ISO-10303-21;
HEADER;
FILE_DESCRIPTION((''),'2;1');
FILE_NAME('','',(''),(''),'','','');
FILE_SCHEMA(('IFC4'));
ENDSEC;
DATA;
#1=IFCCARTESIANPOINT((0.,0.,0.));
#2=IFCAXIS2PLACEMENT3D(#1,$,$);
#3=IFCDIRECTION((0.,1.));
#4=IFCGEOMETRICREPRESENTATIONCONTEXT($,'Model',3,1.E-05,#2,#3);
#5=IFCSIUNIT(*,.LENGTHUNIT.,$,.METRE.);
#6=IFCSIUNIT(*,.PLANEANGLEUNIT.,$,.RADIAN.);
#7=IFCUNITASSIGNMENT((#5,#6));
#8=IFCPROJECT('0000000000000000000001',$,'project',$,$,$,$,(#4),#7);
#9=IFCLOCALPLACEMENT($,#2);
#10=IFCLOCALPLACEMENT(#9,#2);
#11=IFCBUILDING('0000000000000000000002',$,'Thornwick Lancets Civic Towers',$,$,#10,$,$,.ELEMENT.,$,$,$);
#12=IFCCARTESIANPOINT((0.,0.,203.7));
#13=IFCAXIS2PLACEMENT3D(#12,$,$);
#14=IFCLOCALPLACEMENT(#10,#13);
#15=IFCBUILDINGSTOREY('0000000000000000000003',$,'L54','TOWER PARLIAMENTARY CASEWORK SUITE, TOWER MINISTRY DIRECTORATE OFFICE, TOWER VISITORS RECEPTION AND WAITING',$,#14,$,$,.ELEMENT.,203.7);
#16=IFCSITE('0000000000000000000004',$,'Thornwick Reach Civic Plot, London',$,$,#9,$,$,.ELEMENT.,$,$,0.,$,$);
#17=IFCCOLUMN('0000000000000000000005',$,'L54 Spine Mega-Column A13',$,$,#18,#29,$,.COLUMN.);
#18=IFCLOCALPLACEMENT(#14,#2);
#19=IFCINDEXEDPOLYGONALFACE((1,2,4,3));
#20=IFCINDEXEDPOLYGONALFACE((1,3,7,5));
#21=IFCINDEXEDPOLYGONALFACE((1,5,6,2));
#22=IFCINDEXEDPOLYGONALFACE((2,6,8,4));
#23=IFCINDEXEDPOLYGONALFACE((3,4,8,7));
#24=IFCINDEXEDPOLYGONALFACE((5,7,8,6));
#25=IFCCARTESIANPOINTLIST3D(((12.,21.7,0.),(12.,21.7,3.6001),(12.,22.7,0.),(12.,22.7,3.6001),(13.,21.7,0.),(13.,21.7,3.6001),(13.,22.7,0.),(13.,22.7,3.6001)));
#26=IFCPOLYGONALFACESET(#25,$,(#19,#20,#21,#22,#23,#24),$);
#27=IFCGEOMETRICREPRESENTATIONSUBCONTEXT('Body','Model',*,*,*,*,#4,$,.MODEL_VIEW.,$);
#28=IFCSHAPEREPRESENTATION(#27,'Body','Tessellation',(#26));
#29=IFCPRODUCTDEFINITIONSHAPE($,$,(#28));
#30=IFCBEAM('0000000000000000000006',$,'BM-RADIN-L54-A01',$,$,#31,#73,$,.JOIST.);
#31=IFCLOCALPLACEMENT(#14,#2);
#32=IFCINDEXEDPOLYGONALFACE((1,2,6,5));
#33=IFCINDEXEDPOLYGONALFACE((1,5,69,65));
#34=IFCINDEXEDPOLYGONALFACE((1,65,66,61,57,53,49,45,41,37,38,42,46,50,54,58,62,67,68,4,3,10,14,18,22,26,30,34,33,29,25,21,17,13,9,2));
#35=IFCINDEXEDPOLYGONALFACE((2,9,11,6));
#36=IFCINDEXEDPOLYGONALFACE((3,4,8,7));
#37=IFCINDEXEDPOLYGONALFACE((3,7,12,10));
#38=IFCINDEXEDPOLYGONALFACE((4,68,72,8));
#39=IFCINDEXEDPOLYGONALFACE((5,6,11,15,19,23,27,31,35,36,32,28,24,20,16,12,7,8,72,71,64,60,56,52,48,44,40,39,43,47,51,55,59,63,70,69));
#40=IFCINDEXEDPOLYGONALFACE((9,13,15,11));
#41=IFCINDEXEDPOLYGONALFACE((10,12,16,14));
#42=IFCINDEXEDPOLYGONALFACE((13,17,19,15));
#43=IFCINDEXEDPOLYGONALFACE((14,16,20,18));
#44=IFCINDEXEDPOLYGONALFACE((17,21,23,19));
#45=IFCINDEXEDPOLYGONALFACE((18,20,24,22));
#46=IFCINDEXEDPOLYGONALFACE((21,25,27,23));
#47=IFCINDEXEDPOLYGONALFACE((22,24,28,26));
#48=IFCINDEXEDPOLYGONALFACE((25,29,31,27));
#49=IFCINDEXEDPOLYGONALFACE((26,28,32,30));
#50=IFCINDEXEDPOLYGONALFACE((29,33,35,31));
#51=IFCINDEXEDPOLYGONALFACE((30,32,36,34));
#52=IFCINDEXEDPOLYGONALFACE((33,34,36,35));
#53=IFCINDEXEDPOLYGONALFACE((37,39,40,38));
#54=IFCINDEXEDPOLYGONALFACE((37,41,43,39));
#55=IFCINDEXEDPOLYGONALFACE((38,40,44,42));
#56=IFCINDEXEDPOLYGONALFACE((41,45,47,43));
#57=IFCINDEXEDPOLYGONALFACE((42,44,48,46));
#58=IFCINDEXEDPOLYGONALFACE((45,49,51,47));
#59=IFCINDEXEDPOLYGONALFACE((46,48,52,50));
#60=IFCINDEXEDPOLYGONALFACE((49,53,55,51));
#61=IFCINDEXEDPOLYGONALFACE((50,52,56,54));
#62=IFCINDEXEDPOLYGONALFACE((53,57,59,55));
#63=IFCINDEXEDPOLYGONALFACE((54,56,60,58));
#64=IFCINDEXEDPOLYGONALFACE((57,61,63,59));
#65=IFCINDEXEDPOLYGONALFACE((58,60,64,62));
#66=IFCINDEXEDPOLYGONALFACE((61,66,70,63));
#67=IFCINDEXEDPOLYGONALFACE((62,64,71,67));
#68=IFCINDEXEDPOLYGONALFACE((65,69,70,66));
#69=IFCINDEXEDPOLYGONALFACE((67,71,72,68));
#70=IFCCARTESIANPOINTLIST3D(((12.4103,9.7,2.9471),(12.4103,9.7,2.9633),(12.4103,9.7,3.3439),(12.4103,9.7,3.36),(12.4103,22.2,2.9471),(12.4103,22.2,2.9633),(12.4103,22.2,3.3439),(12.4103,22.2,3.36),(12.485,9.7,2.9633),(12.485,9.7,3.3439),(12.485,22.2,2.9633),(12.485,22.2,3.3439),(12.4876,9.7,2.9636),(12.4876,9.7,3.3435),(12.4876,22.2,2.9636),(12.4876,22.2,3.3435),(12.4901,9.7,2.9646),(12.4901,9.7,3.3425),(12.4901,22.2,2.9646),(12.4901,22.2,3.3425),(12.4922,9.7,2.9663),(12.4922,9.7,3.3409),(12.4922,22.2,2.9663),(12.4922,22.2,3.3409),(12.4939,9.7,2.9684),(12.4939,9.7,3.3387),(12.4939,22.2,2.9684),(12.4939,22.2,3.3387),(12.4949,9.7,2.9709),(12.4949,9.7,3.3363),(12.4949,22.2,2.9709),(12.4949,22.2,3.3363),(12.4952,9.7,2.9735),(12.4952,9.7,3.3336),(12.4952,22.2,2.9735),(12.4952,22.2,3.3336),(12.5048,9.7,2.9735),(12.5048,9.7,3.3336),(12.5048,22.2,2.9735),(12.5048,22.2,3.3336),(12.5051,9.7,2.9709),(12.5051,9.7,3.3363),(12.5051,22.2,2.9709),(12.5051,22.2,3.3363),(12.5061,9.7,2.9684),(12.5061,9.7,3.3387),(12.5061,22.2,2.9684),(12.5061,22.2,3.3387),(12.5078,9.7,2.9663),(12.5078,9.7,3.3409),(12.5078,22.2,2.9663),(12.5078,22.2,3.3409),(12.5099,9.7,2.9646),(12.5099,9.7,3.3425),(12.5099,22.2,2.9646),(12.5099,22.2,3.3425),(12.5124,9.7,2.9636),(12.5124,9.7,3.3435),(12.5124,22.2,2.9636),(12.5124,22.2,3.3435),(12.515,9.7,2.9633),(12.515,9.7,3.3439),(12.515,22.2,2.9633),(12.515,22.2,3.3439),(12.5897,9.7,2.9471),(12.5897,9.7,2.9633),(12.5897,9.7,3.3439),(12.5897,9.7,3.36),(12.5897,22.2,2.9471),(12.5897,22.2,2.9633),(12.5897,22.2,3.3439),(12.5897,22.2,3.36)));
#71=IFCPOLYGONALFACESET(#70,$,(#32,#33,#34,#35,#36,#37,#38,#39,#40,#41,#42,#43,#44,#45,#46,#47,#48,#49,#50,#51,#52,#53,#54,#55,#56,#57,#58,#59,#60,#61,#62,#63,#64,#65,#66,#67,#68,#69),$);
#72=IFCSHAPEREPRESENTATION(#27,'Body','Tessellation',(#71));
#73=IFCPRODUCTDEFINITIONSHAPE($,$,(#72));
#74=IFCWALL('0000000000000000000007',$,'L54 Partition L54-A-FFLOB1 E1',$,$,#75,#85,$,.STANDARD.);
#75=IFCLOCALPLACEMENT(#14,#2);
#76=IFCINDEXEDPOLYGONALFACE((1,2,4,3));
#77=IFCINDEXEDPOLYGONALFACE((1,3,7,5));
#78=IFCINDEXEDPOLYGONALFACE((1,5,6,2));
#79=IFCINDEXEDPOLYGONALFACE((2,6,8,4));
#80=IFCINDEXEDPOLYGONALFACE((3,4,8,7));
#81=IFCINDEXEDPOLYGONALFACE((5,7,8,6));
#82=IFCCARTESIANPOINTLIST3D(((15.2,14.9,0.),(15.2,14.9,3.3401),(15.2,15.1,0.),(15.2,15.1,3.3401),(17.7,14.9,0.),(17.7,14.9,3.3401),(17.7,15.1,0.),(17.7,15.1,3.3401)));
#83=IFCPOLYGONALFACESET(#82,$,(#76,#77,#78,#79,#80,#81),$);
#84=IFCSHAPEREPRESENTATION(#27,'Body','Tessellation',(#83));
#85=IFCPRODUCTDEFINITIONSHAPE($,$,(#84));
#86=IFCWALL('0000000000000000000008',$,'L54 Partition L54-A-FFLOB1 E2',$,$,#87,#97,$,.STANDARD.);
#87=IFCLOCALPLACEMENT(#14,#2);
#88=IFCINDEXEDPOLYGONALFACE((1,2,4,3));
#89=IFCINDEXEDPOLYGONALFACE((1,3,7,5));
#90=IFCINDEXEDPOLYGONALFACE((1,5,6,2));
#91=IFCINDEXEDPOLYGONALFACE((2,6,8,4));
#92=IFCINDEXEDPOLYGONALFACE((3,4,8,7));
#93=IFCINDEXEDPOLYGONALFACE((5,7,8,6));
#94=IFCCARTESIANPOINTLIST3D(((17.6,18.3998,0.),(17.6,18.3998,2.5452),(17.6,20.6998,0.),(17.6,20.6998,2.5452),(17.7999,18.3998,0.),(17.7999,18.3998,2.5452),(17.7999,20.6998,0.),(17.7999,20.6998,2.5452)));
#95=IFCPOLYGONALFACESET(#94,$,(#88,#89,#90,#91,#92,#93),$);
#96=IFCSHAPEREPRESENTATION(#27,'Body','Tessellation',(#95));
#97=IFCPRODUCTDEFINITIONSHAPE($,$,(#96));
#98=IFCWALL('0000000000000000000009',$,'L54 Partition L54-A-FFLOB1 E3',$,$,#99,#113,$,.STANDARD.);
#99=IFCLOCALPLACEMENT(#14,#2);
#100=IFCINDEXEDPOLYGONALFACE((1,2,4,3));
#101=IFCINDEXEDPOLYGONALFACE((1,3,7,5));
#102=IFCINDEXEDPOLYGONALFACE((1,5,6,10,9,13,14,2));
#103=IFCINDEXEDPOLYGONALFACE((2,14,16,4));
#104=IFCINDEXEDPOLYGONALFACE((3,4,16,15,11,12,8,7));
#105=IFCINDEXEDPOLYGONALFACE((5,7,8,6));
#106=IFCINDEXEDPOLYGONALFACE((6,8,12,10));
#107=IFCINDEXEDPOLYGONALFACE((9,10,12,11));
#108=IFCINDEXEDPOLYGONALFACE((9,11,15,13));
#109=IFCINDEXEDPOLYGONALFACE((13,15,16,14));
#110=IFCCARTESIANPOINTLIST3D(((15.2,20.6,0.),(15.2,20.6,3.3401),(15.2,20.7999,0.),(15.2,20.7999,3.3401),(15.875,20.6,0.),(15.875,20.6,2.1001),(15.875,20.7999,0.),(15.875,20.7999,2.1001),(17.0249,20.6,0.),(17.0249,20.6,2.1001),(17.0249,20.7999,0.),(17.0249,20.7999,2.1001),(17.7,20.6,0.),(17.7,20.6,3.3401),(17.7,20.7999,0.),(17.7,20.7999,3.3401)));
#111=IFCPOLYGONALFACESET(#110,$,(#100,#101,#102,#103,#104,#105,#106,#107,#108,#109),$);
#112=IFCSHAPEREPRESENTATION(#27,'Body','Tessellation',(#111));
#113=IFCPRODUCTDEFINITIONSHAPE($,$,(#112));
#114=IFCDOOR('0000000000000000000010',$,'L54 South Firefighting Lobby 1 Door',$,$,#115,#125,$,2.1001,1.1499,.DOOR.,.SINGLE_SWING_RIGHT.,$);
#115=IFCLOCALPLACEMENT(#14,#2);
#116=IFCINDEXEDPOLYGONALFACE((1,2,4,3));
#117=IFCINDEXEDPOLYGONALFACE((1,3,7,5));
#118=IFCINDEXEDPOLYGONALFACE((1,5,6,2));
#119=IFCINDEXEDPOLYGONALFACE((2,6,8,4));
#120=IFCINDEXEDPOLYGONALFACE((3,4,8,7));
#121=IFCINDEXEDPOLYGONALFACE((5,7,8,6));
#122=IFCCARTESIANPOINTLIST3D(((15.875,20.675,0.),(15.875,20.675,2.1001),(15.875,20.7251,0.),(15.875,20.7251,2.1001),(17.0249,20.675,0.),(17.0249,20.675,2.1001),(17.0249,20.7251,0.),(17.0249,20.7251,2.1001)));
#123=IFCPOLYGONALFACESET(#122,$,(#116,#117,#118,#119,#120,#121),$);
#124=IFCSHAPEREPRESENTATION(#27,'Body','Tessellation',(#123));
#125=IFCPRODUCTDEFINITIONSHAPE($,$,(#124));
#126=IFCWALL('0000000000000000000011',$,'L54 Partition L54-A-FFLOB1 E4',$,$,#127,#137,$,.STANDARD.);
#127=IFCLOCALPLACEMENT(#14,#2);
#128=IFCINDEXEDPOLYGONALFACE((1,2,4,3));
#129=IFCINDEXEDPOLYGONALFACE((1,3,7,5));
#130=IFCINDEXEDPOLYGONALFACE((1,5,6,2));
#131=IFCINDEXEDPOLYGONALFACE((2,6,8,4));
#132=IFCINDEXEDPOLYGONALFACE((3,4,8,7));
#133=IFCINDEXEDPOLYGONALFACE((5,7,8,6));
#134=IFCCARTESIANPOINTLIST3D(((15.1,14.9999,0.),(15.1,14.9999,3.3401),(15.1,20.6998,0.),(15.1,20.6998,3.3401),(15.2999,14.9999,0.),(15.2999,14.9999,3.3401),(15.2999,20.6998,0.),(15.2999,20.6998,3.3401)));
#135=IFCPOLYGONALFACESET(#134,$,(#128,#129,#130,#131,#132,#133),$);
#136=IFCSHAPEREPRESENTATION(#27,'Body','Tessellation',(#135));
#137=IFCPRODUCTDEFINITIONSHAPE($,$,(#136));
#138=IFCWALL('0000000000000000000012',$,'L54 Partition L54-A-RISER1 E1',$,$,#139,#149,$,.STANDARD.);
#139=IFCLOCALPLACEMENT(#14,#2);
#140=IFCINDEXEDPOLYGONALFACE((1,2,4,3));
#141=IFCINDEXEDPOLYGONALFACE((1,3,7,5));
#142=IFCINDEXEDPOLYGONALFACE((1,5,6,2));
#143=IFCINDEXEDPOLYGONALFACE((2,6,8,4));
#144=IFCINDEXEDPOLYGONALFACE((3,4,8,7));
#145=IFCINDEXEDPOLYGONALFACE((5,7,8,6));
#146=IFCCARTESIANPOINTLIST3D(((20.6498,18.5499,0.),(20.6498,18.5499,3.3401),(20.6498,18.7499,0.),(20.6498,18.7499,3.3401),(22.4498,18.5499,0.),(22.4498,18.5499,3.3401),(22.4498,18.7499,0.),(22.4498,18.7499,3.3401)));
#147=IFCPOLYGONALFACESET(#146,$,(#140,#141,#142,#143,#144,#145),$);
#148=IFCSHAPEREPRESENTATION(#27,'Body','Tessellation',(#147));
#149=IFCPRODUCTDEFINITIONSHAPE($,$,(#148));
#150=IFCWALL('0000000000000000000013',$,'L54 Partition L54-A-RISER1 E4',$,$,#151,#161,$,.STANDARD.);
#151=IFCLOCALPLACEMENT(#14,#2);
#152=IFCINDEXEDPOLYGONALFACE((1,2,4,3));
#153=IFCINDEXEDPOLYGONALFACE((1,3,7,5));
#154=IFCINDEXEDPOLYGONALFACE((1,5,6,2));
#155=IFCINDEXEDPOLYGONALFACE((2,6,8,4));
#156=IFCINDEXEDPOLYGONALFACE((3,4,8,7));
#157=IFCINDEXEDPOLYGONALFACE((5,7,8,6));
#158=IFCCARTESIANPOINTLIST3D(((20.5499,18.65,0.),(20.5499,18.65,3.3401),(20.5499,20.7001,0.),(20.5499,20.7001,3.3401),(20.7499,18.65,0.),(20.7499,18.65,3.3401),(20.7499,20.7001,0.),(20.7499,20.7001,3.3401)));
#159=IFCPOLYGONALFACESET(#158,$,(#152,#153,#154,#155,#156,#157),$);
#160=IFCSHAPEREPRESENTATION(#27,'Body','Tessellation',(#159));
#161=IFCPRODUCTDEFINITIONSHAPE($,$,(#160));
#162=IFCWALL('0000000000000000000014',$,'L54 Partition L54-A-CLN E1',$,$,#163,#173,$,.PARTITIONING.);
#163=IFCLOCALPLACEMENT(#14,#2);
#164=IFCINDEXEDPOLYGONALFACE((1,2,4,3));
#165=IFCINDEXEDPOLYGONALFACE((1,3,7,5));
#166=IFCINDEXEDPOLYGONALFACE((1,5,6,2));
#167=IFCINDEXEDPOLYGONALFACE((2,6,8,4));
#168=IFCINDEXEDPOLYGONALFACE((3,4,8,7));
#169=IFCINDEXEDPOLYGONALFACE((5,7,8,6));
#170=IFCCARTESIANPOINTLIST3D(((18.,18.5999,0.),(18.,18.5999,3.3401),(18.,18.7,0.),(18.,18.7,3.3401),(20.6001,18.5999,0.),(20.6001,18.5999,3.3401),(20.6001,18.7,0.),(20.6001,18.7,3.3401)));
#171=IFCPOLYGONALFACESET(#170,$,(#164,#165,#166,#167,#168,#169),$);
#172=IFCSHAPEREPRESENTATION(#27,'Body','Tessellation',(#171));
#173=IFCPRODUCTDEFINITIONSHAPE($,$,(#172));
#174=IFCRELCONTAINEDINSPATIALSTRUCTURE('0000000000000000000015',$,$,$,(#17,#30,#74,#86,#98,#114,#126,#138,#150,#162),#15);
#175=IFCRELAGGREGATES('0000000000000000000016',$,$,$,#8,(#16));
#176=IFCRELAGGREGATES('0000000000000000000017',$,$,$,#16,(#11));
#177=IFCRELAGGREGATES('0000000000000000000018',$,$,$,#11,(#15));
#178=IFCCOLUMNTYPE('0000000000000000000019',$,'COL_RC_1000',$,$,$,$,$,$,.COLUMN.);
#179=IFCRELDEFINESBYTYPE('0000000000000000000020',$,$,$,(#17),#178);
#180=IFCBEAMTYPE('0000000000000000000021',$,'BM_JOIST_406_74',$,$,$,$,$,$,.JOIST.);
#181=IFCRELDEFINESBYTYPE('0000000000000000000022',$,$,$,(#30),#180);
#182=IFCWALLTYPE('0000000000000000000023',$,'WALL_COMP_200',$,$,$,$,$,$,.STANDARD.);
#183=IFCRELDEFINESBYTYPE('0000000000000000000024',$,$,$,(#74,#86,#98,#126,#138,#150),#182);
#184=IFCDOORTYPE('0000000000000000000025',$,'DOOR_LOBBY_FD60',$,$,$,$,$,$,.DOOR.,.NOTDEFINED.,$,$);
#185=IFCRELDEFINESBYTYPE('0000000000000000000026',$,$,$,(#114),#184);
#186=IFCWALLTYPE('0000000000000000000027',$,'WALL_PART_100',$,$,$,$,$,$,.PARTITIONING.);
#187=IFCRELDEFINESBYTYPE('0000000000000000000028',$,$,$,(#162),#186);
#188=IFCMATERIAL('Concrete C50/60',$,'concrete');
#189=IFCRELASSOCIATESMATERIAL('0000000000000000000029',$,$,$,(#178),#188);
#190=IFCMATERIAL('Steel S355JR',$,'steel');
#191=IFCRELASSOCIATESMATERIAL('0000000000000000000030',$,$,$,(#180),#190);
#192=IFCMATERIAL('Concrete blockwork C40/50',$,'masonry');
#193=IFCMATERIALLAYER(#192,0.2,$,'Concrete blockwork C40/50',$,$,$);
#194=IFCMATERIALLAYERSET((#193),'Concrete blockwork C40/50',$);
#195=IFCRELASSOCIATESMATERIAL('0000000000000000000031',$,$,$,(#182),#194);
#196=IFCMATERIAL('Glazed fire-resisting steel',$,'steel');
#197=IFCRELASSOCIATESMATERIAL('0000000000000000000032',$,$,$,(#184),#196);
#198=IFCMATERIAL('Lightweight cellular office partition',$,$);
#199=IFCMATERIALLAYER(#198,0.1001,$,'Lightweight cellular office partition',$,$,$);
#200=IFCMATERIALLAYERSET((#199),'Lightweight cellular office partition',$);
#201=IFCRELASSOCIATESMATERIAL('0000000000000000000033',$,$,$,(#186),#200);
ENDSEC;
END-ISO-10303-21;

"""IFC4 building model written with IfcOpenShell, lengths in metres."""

from ifc_helpers import new_model, si_unit, direction, frame, frame_2d, origin, origin_2d, place, context, subcontext, project, spatial, rectangle, i_section, extrude, material, layer, layer_set, material_profile, profile_set, type_object, element, fill, save


model = new_model("IFC4")

# Units and contexts
model_context = context("Model", 3, precision=1e-05, world=origin(), true_north=direction((0.0, 1.0)))
body_context = subcontext(model_context, "Body", "Model", "MODEL_VIEW")
ifc_project = project(units=[si_unit("LENGTHUNIT", "METRE"), si_unit("PLANEANGLEUNIT", "RADIAN")], contexts=[model_context])

# Site, building, storey
site_placement = place(None, origin())
site = spatial("IfcSite", under=ifc_project, at=site_placement, Name="Thornwick Reach Civic Plot, London", CompositionType="ELEMENT", RefElevation=0.0)
building_placement = place(site_placement, origin())
building = spatial("IfcBuilding", under=site, at=building_placement, Name="Thornwick Lancets Civic Towers", CompositionType="ELEMENT")
storey_placement = place(building_placement, frame((0.0, 0.0, 203.7)))
storey = spatial("IfcBuildingStorey", under=building, at=storey_placement, Name="L54", Description="TOWER PARLIAMENTARY CASEWORK SUITE, TOWER MINISTRY DIRECTORATE OFFICE, TOWER VISITORS RECEPTION AND WAITING", CompositionType="ELEMENT", Elevation=203.7)

# Column
ifc_material_1 = material(Name="Concrete C50/60", Category="concrete")
ifc_material_profile_1 = material_profile(ifc_material_1, rectangle(XDim=1.0, YDim=1.0, at=origin_2d()), Name="RC 1000x1000")
ifc_profile_set_1 = profile_set([ifc_material_profile_1], Name="Concrete C50/60")
column_type = type_object("IfcColumnType", Name="COL_RC_1000", PredefinedType="COLUMN", material=ifc_profile_set_1)
column_placement = place(storey_placement, frame((12.5, 22.2, 0.0), z_axis=(0.0, 0.0, 1.0), x_axis=(1.0, 0.0, 0.0)))
element("IfcColumn", 1, at=column_placement, inside=storey, type_object=column_type, Name="L54 Spine Mega-Column A13", PredefinedType="COLUMN", context=body_context, shape_type="SweptSolid", body=[
    extrude(rectangle(XDim=1.0, YDim=1.0, at=origin_2d()), origin(), (0.0, 0.0, 1.0), 3.6001),
])

# Beam
ifc_material_2 = material(Name="Steel S355JR", Category="steel")
ifc_material_profile_2 = material_profile(ifc_material_2, i_section(OverallWidth=0.1794, OverallDepth=0.4128, WebThickness=0.0095, FlangeThickness=0.0161, FilletRadius=0.0103, at=origin_2d()), Name="UKB 406x178x74")
ifc_profile_set_2 = profile_set([ifc_material_profile_2], Name="Steel S355JR")
beam_type = type_object("IfcBeamType", Name="BM_JOIST_406_74", PredefinedType="JOIST", material=ifc_profile_set_2)
beam_placement = place(storey_placement, frame((12.5, 22.2, 3.1536), z_axis=(0.0, -1.0, 0.0), x_axis=(1.0, 0.0, 0.0)))
element("IfcBeam", 2, at=beam_placement, inside=storey, type_object=beam_type, Name="BM-RADIN-L54-A01", PredefinedType="JOIST", context=body_context, shape_type="SweptSolid", body=[
    extrude(i_section(OverallWidth=0.1794, OverallDepth=0.4128, WebThickness=0.0095, FlangeThickness=0.0161, FilletRadius=0.0103, at=origin_2d()), origin(), (0.0, 0.0, 1.0), 12.5),
])

# Walls
ifc_material_3 = material(Name="Concrete blockwork C40/50", Category="masonry")
ifc_layer_1 = layer(ifc_material_3, 0.2, Name="Concrete blockwork C40/50")
ifc_layer_set_1 = layer_set([ifc_layer_1], Name="Concrete blockwork C40/50")
wall_type_1 = type_object("IfcWallType", Name="WALL_COMP_200", PredefinedType="STANDARD", material=ifc_layer_set_1)
wall_1_placement = place(storey_placement, frame((15.2, 15.0, 0.0), z_axis=(0.0, 0.0, 1.0), x_axis=(1.0, 0.0, 0.0)))
element("IfcWall", 3, at=wall_1_placement, inside=storey, type_object=wall_type_1, Name="L54 Partition L54-A-FFLOB1 E1", PredefinedType="STANDARD", context=body_context, shape_type="SweptSolid", body=[
    extrude(rectangle(XDim=2.5, YDim=0.2, at=frame_2d((1.25, 0.0))), origin(), (0.0, 0.0, 1.0), 3.3401),
])
wall_2_placement = place(storey_placement, frame((17.7, 18.3999, 0.0), z_axis=(0.0, 0.0, 1.0), x_axis=(0.0, 1.0, 0.0)))
element("IfcWall", 4, at=wall_2_placement, inside=storey, type_object=wall_type_1, Name="L54 Partition L54-A-FFLOB1 E2", PredefinedType="STANDARD", context=body_context, shape_type="SweptSolid", body=[
    extrude(rectangle(XDim=2.3, YDim=0.2, at=frame_2d((1.1499, 0.0))), origin(), (0.0, 0.0, 1.0), 2.5452),
])

# Wall, opening, door
wall_3_placement = place(storey_placement, frame((17.7, 20.7, 0.0), z_axis=(0.0, 0.0, 1.0), x_axis=(-1.0, 0.0, 0.0)))
wall_3 = element("IfcWall", 5, at=wall_3_placement, inside=storey, type_object=wall_type_1, Name="L54 Partition L54-A-FFLOB1 E3", PredefinedType="STANDARD", context=body_context, shape_type="SweptSolid", body=[
    extrude(rectangle(XDim=2.5, YDim=0.2, at=frame_2d((1.25, 0.0))), origin(), (0.0, 0.0, 1.0), 3.3401),
])
opening_1_placement = place(wall_3_placement, frame((0.675, 0.0, 0.0)))
opening_1 = element("IfcOpeningElement", 6, at=opening_1_placement, cuts=wall_3, PredefinedType="OPENING", context=body_context, shape_type="SweptSolid", body=[
    extrude(rectangle(XDim=1.1499, YDim=2.1001, at=frame_2d((0.575, 1.05))), frame((0.0, 0.1099, 0.0), z_axis=(0.0, -1.0, 0.0), x_axis=(1.0, 0.0, 0.0)), (0.0, 0.0, 1.0), 0.22),
])
ifc_material_4 = material(Name="Glazed fire-resisting steel", Category="steel")
door_type_1 = type_object("IfcDoorType", Name="DOOR_LOBBY_FD60", OperationType="NOTDEFINED", PredefinedType="DOOR", material=ifc_material_4)
door_1_placement = place(opening_1_placement, origin())
door_1 = element("IfcDoor", 7, at=door_1_placement, inside=storey, type_object=door_type_1, Name="L54 South Firefighting Lobby 1 Door", OperationType="SINGLE_SWING_RIGHT", OverallHeight=2.1001, OverallWidth=1.1499, PredefinedType="DOOR", context=body_context, shape_type="SweptSolid", body=[
    extrude(rectangle(XDim=1.1499, YDim=2.1001, at=frame_2d((0.575, 1.05))), frame((0.0, 0.0249, 0.0), z_axis=(0.0, -1.0, 0.0), x_axis=(1.0, 0.0, 0.0)), (0.0, 0.0, 1.0), 0.05),
])
fill(opening_1, door_1)

# Walls
wall_4_placement = place(storey_placement, frame((15.2, 20.7, 0.0), z_axis=(0.0, 0.0, 1.0), x_axis=(0.0, -1.0, 0.0)))
element("IfcWall", 8, at=wall_4_placement, inside=storey, type_object=wall_type_1, Name="L54 Partition L54-A-FFLOB1 E4", PredefinedType="STANDARD", context=body_context, shape_type="SweptSolid", body=[
    extrude(rectangle(XDim=5.7, YDim=0.2, at=frame_2d((2.8501, 0.0))), origin(), (0.0, 0.0, 1.0), 3.3401),
])
wall_5_placement = place(storey_placement, frame((20.6499, 18.6499, 0.0), z_axis=(0.0, 0.0, 1.0), x_axis=(1.0, 0.0, 0.0)))
element("IfcWall", 9, at=wall_5_placement, inside=storey, type_object=wall_type_1, Name="L54 Partition L54-A-RISER1 E1", PredefinedType="STANDARD", context=body_context, shape_type="SweptSolid", body=[
    extrude(rectangle(XDim=1.8, YDim=0.2, at=frame_2d((0.8999, 0.0))), origin(), (0.0, 0.0, 1.0), 3.3401),
])
wall_6_placement = place(storey_placement, frame((20.6499, 20.7, 0.0), z_axis=(0.0, 0.0, 1.0), x_axis=(0.0, -1.0, 0.0)))
element("IfcWall", 10, at=wall_6_placement, inside=storey, type_object=wall_type_1, Name="L54 Partition L54-A-RISER1 E4", PredefinedType="STANDARD", context=body_context, shape_type="SweptSolid", body=[
    extrude(rectangle(XDim=2.05, YDim=0.2, at=frame_2d((1.0249, 0.0))), origin(), (0.0, 0.0, 1.0), 3.3401),
])
ifc_material_5 = material(Name="Lightweight cellular office partition")
ifc_layer_2 = layer(ifc_material_5, 0.1001, Name="Lightweight cellular office partition")
ifc_layer_set_2 = layer_set([ifc_layer_2], Name="Lightweight cellular office partition")
wall_type_2 = type_object("IfcWallType", Name="WALL_PART_100", PredefinedType="PARTITIONING", material=ifc_layer_set_2)
wall_7_placement = place(storey_placement, frame((18.0, 18.6499, 0.0), z_axis=(0.0, 0.0, 1.0), x_axis=(1.0, 0.0, 0.0)))
element("IfcWall", 11, at=wall_7_placement, inside=storey, type_object=wall_type_2, Name="L54 Partition L54-A-CLN E1", PredefinedType="PARTITIONING", context=body_context, shape_type="SweptSolid", body=[
    extrude(rectangle(XDim=2.6001, YDim=0.1001, at=frame_2d((1.3, 0.0))), origin(), (0.0, 0.0, 1.0), 3.3401),
])

save(model, "model.ifc")
